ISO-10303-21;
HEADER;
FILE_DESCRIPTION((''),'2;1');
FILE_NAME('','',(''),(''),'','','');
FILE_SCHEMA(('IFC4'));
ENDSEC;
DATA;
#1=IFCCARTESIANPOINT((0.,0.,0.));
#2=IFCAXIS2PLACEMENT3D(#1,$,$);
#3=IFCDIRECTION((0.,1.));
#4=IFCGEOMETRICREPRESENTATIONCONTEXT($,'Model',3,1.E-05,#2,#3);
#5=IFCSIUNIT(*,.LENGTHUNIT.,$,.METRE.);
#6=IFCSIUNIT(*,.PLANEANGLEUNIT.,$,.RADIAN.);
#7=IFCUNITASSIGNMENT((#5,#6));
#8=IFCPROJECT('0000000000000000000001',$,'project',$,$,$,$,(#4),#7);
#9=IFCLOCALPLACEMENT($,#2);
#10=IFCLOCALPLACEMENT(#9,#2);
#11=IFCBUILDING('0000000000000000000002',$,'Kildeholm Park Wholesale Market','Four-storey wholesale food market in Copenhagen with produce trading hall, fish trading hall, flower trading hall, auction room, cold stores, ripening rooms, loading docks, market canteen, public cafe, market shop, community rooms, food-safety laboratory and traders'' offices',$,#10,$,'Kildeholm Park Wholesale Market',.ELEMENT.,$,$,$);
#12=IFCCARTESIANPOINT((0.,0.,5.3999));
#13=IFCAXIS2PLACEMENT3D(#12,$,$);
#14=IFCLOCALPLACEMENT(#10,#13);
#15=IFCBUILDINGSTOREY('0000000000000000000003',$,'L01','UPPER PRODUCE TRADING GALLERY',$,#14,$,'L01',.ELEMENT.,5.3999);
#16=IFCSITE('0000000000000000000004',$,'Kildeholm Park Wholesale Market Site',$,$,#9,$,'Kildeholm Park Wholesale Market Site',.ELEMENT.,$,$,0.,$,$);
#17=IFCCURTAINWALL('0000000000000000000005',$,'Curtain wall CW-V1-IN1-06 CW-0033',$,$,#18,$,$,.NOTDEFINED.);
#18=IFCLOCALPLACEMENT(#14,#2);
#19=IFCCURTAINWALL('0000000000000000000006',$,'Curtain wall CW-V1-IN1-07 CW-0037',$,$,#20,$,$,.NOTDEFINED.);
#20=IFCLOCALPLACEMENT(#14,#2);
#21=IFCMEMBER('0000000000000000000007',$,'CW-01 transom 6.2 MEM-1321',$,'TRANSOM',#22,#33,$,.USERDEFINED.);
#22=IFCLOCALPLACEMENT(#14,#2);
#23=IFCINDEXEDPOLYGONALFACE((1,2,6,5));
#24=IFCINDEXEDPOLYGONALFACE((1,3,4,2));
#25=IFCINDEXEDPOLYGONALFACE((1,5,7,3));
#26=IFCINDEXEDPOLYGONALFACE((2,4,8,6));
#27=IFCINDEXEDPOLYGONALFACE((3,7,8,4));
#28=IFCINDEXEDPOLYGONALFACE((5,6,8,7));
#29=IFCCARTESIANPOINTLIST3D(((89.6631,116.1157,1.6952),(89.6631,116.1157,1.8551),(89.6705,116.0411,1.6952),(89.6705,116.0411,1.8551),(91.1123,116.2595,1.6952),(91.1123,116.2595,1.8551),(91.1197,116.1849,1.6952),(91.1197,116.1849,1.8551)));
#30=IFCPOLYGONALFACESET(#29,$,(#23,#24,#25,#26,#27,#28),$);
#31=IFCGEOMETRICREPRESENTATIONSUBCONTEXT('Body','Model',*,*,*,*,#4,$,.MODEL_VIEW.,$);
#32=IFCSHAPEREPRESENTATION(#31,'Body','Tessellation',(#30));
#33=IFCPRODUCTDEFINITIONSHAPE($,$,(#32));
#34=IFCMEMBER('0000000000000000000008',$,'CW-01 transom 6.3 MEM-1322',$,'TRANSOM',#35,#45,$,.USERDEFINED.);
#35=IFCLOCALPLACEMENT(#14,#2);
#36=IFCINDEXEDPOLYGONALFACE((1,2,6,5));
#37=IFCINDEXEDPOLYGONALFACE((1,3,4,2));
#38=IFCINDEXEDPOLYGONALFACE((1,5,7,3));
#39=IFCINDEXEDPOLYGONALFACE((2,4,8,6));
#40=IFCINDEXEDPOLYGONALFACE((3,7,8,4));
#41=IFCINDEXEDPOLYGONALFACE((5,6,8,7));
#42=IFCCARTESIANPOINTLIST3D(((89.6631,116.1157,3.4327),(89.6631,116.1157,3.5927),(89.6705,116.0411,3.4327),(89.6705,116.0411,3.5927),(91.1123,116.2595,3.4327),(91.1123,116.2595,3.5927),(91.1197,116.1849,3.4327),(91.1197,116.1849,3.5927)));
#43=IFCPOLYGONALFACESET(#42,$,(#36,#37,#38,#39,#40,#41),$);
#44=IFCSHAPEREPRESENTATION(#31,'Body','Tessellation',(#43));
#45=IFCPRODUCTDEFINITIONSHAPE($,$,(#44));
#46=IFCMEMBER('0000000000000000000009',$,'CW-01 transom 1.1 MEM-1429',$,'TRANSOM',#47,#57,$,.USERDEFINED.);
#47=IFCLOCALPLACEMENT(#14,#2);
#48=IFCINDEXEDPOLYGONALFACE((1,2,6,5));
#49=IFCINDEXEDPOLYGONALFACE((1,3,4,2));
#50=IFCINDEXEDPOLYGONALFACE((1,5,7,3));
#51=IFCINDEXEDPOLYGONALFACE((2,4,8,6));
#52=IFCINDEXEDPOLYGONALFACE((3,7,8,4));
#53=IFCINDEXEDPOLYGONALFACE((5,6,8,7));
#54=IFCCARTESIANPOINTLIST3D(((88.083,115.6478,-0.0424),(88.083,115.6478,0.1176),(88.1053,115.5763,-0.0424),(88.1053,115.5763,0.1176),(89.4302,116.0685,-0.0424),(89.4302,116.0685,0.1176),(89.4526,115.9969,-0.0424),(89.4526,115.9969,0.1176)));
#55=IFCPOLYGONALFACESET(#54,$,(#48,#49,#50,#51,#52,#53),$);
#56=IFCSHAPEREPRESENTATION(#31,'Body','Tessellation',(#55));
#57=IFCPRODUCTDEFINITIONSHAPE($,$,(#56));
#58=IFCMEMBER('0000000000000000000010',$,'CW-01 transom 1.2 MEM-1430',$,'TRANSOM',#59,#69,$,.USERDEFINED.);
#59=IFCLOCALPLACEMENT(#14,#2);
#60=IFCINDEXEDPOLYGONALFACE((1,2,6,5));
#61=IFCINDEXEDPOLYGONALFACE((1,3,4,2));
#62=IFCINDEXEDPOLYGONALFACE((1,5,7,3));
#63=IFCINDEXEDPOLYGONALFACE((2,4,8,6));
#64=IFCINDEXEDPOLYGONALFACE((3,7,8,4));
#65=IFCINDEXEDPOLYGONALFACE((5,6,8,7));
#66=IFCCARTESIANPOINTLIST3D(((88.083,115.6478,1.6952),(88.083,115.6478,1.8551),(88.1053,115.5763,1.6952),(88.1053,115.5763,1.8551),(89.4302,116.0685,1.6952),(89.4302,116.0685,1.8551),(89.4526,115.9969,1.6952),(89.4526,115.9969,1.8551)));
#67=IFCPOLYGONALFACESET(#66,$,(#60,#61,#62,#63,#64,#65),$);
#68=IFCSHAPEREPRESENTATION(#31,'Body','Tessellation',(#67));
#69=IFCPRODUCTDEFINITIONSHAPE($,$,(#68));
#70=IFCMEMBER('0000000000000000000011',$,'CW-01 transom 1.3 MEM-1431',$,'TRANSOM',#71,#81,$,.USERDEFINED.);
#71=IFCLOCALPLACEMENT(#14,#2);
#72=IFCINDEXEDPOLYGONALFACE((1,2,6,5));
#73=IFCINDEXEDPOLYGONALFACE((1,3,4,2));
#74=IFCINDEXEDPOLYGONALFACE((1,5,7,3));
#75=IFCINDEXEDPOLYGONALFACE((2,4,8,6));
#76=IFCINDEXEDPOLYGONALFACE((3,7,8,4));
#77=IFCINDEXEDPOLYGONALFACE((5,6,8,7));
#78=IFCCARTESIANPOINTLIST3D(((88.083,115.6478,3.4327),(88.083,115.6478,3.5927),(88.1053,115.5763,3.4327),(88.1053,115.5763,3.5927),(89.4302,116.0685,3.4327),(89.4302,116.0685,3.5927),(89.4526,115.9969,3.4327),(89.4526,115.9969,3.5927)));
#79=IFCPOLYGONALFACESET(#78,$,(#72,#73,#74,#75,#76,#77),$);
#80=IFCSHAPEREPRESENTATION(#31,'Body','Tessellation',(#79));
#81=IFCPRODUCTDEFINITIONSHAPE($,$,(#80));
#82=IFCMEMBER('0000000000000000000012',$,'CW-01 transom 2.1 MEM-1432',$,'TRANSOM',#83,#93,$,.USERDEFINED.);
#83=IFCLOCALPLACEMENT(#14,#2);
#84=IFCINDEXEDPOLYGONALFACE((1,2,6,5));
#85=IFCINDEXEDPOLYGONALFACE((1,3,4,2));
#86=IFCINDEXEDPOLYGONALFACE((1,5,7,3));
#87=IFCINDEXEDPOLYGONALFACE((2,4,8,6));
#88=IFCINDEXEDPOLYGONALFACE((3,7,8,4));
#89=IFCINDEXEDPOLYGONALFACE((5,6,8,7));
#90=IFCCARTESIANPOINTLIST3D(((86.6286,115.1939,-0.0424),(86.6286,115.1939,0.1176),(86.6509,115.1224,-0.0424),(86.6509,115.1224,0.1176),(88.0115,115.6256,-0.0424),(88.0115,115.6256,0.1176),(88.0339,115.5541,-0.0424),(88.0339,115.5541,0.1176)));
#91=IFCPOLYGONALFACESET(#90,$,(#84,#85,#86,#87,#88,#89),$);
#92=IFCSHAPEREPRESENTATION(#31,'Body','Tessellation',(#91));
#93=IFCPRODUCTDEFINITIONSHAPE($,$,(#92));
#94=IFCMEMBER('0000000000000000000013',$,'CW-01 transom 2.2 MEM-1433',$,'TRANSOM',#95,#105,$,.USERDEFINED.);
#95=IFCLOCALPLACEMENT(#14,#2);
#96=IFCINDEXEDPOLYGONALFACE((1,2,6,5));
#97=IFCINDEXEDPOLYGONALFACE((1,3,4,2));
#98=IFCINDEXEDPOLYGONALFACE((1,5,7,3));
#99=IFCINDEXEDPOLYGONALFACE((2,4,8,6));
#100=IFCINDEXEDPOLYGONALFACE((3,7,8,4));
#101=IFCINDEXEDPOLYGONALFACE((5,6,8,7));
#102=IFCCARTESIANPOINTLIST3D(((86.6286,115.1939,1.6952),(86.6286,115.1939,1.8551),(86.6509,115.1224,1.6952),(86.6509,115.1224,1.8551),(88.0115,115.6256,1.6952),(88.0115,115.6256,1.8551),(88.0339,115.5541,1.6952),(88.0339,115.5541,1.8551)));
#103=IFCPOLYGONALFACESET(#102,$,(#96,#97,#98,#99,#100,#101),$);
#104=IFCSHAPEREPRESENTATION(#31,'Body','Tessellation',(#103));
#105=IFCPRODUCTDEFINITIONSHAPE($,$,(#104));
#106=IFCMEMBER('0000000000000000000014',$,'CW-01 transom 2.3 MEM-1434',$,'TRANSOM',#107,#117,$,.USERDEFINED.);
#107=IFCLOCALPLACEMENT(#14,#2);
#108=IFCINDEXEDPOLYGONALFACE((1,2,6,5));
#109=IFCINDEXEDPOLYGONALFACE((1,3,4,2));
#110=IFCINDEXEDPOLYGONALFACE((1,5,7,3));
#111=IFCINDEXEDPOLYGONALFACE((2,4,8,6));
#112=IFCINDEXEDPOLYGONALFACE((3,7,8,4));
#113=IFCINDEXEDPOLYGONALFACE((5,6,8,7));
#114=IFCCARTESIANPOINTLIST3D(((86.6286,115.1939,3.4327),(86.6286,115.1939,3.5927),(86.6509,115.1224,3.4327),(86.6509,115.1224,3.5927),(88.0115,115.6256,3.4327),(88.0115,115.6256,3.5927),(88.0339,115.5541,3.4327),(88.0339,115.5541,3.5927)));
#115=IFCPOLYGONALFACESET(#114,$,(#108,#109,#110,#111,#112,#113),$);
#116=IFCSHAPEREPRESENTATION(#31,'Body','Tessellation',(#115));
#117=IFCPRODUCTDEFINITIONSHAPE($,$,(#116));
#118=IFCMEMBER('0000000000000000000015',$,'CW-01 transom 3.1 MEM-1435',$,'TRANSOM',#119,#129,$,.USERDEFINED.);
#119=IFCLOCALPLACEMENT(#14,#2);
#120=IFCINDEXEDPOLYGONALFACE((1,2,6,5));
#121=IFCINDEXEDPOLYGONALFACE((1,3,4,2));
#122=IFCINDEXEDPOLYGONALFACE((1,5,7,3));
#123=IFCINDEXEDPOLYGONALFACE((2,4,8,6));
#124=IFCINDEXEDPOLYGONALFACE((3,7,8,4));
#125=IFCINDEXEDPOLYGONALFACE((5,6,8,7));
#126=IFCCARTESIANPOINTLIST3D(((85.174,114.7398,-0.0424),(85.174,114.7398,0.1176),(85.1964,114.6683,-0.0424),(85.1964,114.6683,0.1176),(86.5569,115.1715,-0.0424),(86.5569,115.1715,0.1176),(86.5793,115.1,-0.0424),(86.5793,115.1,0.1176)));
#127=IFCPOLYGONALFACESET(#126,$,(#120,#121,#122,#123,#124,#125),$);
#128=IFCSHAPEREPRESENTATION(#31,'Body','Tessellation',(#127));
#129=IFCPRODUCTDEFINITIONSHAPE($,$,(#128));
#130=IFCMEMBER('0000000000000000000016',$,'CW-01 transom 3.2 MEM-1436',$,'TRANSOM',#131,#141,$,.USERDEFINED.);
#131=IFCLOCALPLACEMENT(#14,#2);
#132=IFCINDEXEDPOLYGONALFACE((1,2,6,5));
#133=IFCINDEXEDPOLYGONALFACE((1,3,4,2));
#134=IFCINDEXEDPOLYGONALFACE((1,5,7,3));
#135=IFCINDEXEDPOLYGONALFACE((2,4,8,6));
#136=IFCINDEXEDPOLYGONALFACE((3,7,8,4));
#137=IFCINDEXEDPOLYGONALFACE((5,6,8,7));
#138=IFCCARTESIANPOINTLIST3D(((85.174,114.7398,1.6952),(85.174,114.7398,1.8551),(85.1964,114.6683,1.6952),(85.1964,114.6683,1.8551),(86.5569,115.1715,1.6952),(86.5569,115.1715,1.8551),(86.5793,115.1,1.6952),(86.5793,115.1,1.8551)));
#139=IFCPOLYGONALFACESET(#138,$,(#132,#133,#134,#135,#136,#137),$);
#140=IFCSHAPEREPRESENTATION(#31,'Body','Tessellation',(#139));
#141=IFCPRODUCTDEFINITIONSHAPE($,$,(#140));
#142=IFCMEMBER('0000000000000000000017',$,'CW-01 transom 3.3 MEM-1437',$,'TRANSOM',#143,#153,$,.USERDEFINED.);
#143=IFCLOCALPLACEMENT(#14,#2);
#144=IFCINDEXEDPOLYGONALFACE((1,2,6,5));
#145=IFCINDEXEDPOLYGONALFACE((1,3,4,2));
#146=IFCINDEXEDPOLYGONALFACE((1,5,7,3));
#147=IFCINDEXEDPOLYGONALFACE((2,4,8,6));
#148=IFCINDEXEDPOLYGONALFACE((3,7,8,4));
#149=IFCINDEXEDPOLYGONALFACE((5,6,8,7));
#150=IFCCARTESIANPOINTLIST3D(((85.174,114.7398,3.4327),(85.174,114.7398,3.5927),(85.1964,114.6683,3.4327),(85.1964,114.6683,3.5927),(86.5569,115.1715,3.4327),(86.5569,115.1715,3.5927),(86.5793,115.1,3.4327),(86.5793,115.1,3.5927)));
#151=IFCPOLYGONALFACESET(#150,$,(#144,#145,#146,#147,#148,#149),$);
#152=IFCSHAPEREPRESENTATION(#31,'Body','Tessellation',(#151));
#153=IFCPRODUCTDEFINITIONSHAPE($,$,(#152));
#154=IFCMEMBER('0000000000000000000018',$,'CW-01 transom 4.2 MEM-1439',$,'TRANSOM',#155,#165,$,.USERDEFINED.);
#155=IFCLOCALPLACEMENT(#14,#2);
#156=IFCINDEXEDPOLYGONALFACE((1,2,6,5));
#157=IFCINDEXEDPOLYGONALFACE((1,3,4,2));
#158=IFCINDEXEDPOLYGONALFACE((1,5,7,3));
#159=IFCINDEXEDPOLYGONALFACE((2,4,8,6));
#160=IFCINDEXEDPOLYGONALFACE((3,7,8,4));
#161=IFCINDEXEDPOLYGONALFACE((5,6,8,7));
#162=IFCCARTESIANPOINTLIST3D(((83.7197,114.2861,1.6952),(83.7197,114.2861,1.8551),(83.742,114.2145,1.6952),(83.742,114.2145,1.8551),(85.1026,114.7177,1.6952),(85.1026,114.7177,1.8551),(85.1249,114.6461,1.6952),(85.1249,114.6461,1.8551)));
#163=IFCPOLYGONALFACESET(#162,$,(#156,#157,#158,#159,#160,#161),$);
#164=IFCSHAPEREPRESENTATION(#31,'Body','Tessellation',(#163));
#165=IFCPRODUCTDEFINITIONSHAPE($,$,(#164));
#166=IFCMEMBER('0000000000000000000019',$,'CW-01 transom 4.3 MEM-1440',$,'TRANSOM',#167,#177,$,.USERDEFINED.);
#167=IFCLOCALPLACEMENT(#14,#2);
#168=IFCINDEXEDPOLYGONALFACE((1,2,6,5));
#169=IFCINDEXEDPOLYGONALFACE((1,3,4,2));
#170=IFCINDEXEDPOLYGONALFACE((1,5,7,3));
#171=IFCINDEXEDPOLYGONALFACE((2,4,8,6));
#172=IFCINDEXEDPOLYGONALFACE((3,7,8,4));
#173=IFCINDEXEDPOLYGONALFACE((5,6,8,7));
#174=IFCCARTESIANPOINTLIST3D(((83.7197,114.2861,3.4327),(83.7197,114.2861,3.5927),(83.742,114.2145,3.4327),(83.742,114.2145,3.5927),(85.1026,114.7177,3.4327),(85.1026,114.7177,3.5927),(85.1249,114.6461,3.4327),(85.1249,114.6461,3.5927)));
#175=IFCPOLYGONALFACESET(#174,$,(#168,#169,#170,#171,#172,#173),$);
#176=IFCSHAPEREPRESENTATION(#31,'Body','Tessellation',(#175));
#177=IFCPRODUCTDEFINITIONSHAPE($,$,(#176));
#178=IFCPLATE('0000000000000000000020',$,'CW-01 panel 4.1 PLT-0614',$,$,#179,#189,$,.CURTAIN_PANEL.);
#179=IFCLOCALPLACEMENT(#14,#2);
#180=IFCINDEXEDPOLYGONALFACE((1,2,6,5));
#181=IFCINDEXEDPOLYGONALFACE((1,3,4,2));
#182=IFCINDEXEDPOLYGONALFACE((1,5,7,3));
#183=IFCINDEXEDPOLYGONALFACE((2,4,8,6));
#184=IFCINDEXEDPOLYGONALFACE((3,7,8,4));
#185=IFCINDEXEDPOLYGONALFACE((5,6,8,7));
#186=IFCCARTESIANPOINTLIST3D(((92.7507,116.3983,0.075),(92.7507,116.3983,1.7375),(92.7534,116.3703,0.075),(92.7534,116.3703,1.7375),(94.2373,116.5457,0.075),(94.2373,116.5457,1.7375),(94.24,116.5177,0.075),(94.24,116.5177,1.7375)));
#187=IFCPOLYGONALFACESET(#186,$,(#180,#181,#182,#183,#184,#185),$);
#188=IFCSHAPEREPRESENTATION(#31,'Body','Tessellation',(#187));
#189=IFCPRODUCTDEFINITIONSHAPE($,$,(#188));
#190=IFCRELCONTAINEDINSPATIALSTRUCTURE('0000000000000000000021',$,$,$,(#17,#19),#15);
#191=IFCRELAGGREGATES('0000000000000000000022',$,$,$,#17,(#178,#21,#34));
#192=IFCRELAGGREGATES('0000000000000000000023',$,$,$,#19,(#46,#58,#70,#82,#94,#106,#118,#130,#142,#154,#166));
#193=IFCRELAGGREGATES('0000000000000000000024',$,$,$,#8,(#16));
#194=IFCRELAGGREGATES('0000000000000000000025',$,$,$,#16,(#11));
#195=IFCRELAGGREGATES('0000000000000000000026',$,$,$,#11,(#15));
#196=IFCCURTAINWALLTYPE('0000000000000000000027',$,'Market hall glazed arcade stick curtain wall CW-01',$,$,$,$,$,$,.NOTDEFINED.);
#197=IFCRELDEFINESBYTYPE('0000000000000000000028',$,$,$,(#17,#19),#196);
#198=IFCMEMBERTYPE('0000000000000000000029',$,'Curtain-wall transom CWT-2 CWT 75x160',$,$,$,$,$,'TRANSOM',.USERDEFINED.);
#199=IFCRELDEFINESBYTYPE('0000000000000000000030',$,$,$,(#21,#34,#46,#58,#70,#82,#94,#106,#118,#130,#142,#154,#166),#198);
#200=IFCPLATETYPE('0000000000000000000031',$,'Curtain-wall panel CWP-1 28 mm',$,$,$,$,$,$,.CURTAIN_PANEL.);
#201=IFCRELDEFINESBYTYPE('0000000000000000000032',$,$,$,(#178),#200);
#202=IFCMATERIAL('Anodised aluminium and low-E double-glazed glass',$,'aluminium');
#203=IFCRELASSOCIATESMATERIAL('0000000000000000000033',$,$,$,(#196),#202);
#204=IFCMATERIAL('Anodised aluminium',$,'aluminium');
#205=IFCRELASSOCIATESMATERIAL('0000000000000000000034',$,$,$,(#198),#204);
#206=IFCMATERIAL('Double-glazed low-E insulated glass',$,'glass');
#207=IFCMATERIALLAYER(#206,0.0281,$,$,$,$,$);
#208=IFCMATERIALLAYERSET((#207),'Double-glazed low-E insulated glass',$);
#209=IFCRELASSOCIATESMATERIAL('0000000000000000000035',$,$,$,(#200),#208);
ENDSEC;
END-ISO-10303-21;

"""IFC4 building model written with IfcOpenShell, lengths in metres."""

from ifc_helpers import new_model, si_unit, direction, frame, origin, origin_2d, place, context, subcontext, project, spatial, rectangle, extrude, material, layer, layer_set, material_profile, profile_set, type_object, element, aggregate, save


model = new_model("IFC4")

# Units and contexts
model_context = context("Model", 3, precision=1e-05, world=origin(), true_north=direction((0.0, 1.0)))
body_context = subcontext(model_context, "Body", "Model", "MODEL_VIEW")
ifc_project = project(units=[si_unit("LENGTHUNIT", "METRE"), si_unit("PLANEANGLEUNIT", "RADIAN")], contexts=[model_context])

# Site, building, storey
site_placement = place(None, origin())
site = spatial("IfcSite", under=ifc_project, at=site_placement, Name="Kildeholm Park Wholesale Market Site", LongName="Kildeholm Park Wholesale Market Site", CompositionType="ELEMENT", RefElevation=0.0)
building_placement = place(site_placement, origin())
building = spatial("IfcBuilding", under=site, at=building_placement, Name="Kildeholm Park Wholesale Market", Description="Four-storey wholesale food market in Copenhagen with produce trading hall, fish trading hall, flower trading hall, auction room, cold stores, ripening rooms, loading docks, market canteen, public cafe, market shop, community rooms, food-safety laboratory and traders' offices", LongName="Kildeholm Park Wholesale Market", CompositionType="ELEMENT")
storey_placement = place(building_placement, frame((0.0, 0.0, 5.3999)))
storey = spatial("IfcBuildingStorey", under=building, at=storey_placement, Name="L01", Description="UPPER PRODUCE TRADING GALLERY", LongName="L01", CompositionType="ELEMENT", Elevation=5.3999)

# Curtain walls
ifc_material_1 = material(Name="Anodised aluminium and low-E double-glazed glass", Category="aluminium")
curtain_wall_type = type_object("IfcCurtainWallType", Name="Market hall glazed arcade stick curtain wall CW-01", PredefinedType="NOTDEFINED", material=ifc_material_1)
curtain_wall_1_placement = place(storey_placement, origin())
curtain_wall_1 = element("IfcCurtainWall", 1, at=curtain_wall_1_placement, inside=storey, type_object=curtain_wall_type, Name="Curtain wall CW-V1-IN1-06 CW-0033", PredefinedType="NOTDEFINED")
ifc_material_2 = material(Name="Anodised aluminium", Category="aluminium")
curtain_wall_2_placement = place(storey_placement, origin())
curtain_wall_2 = element("IfcCurtainWall", 2, at=curtain_wall_2_placement, inside=storey, type_object=curtain_wall_type, Name="Curtain wall CW-V1-IN1-07 CW-0037", PredefinedType="NOTDEFINED")

# Members
ifc_material_profile_1 = material_profile(ifc_material_2, rectangle(XDim=0.075, YDim=0.1599, at=origin_2d()), Name="CWT 75x160")
ifc_profile_set_1 = profile_set([ifc_material_profile_1], Name="Anodised aluminium")
member_type_1 = type_object("IfcMemberType", Name="Curtain-wall transom CWT-2 CWT 75x160", ElementType="TRANSOM", PredefinedType="USERDEFINED", material=ifc_profile_set_1)
member_1_placement = place(storey_placement, frame((91.116, 116.2222, 1.7751), z_axis=(-0.995113, -0.09874, 0.0), x_axis=(0.09874, -0.995113, 0.0)))
member_1 = element("IfcMember", 3, at=member_1_placement, type_object=member_type_1, Name="CW-01 transom 6.2 MEM-1321", ObjectType="TRANSOM", PredefinedType="USERDEFINED", context=body_context, shape_type="SweptSolid", body=[
    extrude(rectangle(XDim=0.075, YDim=0.1599, at=origin_2d()), origin(), (0.0, 0.0, 1.0), 1.4563),
])
member_2_placement = place(storey_placement, frame((91.116, 116.2222, 3.5127), z_axis=(-0.995113, -0.09874, 0.0), x_axis=(0.09874, -0.995113, 0.0)))
member_2 = element("IfcMember", 4, at=member_2_placement, type_object=member_type_1, Name="CW-01 transom 6.3 MEM-1322", ObjectType="TRANSOM", PredefinedType="USERDEFINED", context=body_context, shape_type="SweptSolid", body=[
    extrude(rectangle(XDim=0.075, YDim=0.1599, at=origin_2d()), origin(), (0.0, 0.0, 1.0), 1.4563),
])
member_3_placement = place(storey_placement, frame((89.4414, 116.0327, 0.0376), z_axis=(-0.954548, -0.298058, 0.0), x_axis=(0.298058, -0.954548, 0.0)))
member_3 = element("IfcMember", 5, at=member_3_placement, type_object=member_type_1, Name="CW-01 transom 1.1 MEM-1429", ObjectType="TRANSOM", PredefinedType="USERDEFINED", context=body_context, shape_type="SweptSolid", body=[
    extrude(rectangle(XDim=0.075, YDim=0.1599, at=origin_2d()), origin(), (0.0, 0.0, 1.0), 1.4114),
])
member_4_placement = place(storey_placement, frame((89.4414, 116.0327, 1.7751), z_axis=(-0.954548, -0.298058, 0.0), x_axis=(0.298058, -0.954548, 0.0)))
member_4 = element("IfcMember", 6, at=member_4_placement, type_object=member_type_1, Name="CW-01 transom 1.2 MEM-1430", ObjectType="TRANSOM", PredefinedType="USERDEFINED", context=body_context, shape_type="SweptSolid", body=[
    extrude(rectangle(XDim=0.075, YDim=0.1599, at=origin_2d()), origin(), (0.0, 0.0, 1.0), 1.4114),
])
member_5_placement = place(storey_placement, frame((89.4414, 116.0327, 3.5127), z_axis=(-0.954548, -0.298058, 0.0), x_axis=(0.298058, -0.954548, 0.0)))
member_5 = element("IfcMember", 7, at=member_5_placement, type_object=member_type_1, Name="CW-01 transom 1.3 MEM-1431", ObjectType="TRANSOM", PredefinedType="USERDEFINED", context=body_context, shape_type="SweptSolid", body=[
    extrude(rectangle(XDim=0.075, YDim=0.1599, at=origin_2d()), origin(), (0.0, 0.0, 1.0), 1.4114),
])
member_6_placement = place(storey_placement, frame((88.0227, 115.5898, 0.0376), z_axis=(-0.954576, -0.297968, 0.0), x_axis=(0.297968, -0.954576, 0.0)))
member_6 = element("IfcMember", 8, at=member_6_placement, type_object=member_type_1, Name="CW-01 transom 2.1 MEM-1432", ObjectType="TRANSOM", PredefinedType="USERDEFINED", context=body_context, shape_type="SweptSolid", body=[
    extrude(rectangle(XDim=0.075, YDim=0.1599, at=origin_2d()), origin(), (0.0, 0.0, 1.0), 1.4487),
])
member_7_placement = place(storey_placement, frame((88.0227, 115.5898, 1.7751), z_axis=(-0.954576, -0.297968, 0.0), x_axis=(0.297968, -0.954576, 0.0)))
member_7 = element("IfcMember", 9, at=member_7_placement, type_object=member_type_1, Name="CW-01 transom 2.2 MEM-1433", ObjectType="TRANSOM", PredefinedType="USERDEFINED", context=body_context, shape_type="SweptSolid", body=[
    extrude(rectangle(XDim=0.075, YDim=0.1599, at=origin_2d()), origin(), (0.0, 0.0, 1.0), 1.4487),
])
member_8_placement = place(storey_placement, frame((88.0227, 115.5898, 3.5127), z_axis=(-0.954576, -0.297968, 0.0), x_axis=(0.297968, -0.954576, 0.0)))
member_8 = element("IfcMember", 10, at=member_8_placement, type_object=member_type_1, Name="CW-01 transom 2.3 MEM-1434", ObjectType="TRANSOM", PredefinedType="USERDEFINED", context=body_context, shape_type="SweptSolid", body=[
    extrude(rectangle(XDim=0.075, YDim=0.1599, at=origin_2d()), origin(), (0.0, 0.0, 1.0), 1.4487),
])
member_9_placement = place(storey_placement, frame((86.5681, 115.1357, 0.0376), z_axis=(-0.954576, -0.297968, 0.0), x_axis=(0.297968, -0.954576, 0.0)))
member_9 = element("IfcMember", 11, at=member_9_placement, type_object=member_type_1, Name="CW-01 transom 3.1 MEM-1435", ObjectType="TRANSOM", PredefinedType="USERDEFINED", context=body_context, shape_type="SweptSolid", body=[
    extrude(rectangle(XDim=0.075, YDim=0.1599, at=origin_2d()), origin(), (0.0, 0.0, 1.0), 1.4487),
])
member_10_placement = place(storey_placement, frame((86.5681, 115.1357, 1.7751), z_axis=(-0.954576, -0.297968, 0.0), x_axis=(0.297968, -0.954576, 0.0)))
member_10 = element("IfcMember", 12, at=member_10_placement, type_object=member_type_1, Name="CW-01 transom 3.2 MEM-1436", ObjectType="TRANSOM", PredefinedType="USERDEFINED", context=body_context, shape_type="SweptSolid", body=[
    extrude(rectangle(XDim=0.075, YDim=0.1599, at=origin_2d()), origin(), (0.0, 0.0, 1.0), 1.4487),
])
member_11_placement = place(storey_placement, frame((86.5681, 115.1357, 3.5127), z_axis=(-0.954576, -0.297968, 0.0), x_axis=(0.297968, -0.954576, 0.0)))
member_11 = element("IfcMember", 13, at=member_11_placement, type_object=member_type_1, Name="CW-01 transom 3.3 MEM-1437", ObjectType="TRANSOM", PredefinedType="USERDEFINED", context=body_context, shape_type="SweptSolid", body=[
    extrude(rectangle(XDim=0.075, YDim=0.1599, at=origin_2d()), origin(), (0.0, 0.0, 1.0), 1.4487),
])
member_12_placement = place(storey_placement, frame((85.1138, 114.6819, 1.7751), z_axis=(-0.954591, -0.29792, 0.0), x_axis=(0.29792, -0.954591, 0.0)))
member_12 = element("IfcMember", 14, at=member_12_placement, type_object=member_type_1, Name="CW-01 transom 4.2 MEM-1439", ObjectType="TRANSOM", PredefinedType="USERDEFINED", context=body_context, shape_type="SweptSolid", body=[
    extrude(rectangle(XDim=0.075, YDim=0.1599, at=origin_2d()), origin(), (0.0, 0.0, 1.0), 1.4487),
])
member_13_placement = place(storey_placement, frame((85.1138, 114.6819, 3.5127), z_axis=(-0.954591, -0.29792, 0.0), x_axis=(0.29792, -0.954591, 0.0)))
member_13 = element("IfcMember", 15, at=member_13_placement, type_object=member_type_1, Name="CW-01 transom 4.3 MEM-1440", ObjectType="TRANSOM", PredefinedType="USERDEFINED", context=body_context, shape_type="SweptSolid", body=[
    extrude(rectangle(XDim=0.075, YDim=0.1599, at=origin_2d()), origin(), (0.0, 0.0, 1.0), 1.4487),
])

# Plate
ifc_material_3 = material(Name="Double-glazed low-E insulated glass", Category="glass")
ifc_layer = layer(ifc_material_3, 0.0281)
ifc_layer_set = layer_set([ifc_layer], Name="Double-glazed low-E insulated glass")
plate_type = type_object("IfcPlateType", Name="Curtain-wall panel CWP-1 28 mm", PredefinedType="CURTAIN_PANEL", material=ifc_layer_set)
plate_1_placement = place(storey_placement, frame((93.4954, 116.458, 0.075), z_axis=(0.0, 0.0, 1.0), x_axis=(-0.995119, -0.098683, 0.0)))
plate_1 = element("IfcPlate", 16, at=plate_1_placement, type_object=plate_type, Name="CW-01 panel 4.1 PLT-0614", PredefinedType="CURTAIN_PANEL", context=body_context, shape_type="SweptSolid", body=[
    extrude(rectangle(XDim=1.4939, YDim=0.0281, at=origin_2d()), origin(), (0.0, 0.0, 1.0), 1.6626),
])
aggregate(curtain_wall_1, [plate_1, member_1, member_2])
aggregate(curtain_wall_2, [member_3, member_4, member_5, member_6, member_7, member_8, member_9, member_10, member_11, member_12, member_13])

save(model, "model.ifc")
